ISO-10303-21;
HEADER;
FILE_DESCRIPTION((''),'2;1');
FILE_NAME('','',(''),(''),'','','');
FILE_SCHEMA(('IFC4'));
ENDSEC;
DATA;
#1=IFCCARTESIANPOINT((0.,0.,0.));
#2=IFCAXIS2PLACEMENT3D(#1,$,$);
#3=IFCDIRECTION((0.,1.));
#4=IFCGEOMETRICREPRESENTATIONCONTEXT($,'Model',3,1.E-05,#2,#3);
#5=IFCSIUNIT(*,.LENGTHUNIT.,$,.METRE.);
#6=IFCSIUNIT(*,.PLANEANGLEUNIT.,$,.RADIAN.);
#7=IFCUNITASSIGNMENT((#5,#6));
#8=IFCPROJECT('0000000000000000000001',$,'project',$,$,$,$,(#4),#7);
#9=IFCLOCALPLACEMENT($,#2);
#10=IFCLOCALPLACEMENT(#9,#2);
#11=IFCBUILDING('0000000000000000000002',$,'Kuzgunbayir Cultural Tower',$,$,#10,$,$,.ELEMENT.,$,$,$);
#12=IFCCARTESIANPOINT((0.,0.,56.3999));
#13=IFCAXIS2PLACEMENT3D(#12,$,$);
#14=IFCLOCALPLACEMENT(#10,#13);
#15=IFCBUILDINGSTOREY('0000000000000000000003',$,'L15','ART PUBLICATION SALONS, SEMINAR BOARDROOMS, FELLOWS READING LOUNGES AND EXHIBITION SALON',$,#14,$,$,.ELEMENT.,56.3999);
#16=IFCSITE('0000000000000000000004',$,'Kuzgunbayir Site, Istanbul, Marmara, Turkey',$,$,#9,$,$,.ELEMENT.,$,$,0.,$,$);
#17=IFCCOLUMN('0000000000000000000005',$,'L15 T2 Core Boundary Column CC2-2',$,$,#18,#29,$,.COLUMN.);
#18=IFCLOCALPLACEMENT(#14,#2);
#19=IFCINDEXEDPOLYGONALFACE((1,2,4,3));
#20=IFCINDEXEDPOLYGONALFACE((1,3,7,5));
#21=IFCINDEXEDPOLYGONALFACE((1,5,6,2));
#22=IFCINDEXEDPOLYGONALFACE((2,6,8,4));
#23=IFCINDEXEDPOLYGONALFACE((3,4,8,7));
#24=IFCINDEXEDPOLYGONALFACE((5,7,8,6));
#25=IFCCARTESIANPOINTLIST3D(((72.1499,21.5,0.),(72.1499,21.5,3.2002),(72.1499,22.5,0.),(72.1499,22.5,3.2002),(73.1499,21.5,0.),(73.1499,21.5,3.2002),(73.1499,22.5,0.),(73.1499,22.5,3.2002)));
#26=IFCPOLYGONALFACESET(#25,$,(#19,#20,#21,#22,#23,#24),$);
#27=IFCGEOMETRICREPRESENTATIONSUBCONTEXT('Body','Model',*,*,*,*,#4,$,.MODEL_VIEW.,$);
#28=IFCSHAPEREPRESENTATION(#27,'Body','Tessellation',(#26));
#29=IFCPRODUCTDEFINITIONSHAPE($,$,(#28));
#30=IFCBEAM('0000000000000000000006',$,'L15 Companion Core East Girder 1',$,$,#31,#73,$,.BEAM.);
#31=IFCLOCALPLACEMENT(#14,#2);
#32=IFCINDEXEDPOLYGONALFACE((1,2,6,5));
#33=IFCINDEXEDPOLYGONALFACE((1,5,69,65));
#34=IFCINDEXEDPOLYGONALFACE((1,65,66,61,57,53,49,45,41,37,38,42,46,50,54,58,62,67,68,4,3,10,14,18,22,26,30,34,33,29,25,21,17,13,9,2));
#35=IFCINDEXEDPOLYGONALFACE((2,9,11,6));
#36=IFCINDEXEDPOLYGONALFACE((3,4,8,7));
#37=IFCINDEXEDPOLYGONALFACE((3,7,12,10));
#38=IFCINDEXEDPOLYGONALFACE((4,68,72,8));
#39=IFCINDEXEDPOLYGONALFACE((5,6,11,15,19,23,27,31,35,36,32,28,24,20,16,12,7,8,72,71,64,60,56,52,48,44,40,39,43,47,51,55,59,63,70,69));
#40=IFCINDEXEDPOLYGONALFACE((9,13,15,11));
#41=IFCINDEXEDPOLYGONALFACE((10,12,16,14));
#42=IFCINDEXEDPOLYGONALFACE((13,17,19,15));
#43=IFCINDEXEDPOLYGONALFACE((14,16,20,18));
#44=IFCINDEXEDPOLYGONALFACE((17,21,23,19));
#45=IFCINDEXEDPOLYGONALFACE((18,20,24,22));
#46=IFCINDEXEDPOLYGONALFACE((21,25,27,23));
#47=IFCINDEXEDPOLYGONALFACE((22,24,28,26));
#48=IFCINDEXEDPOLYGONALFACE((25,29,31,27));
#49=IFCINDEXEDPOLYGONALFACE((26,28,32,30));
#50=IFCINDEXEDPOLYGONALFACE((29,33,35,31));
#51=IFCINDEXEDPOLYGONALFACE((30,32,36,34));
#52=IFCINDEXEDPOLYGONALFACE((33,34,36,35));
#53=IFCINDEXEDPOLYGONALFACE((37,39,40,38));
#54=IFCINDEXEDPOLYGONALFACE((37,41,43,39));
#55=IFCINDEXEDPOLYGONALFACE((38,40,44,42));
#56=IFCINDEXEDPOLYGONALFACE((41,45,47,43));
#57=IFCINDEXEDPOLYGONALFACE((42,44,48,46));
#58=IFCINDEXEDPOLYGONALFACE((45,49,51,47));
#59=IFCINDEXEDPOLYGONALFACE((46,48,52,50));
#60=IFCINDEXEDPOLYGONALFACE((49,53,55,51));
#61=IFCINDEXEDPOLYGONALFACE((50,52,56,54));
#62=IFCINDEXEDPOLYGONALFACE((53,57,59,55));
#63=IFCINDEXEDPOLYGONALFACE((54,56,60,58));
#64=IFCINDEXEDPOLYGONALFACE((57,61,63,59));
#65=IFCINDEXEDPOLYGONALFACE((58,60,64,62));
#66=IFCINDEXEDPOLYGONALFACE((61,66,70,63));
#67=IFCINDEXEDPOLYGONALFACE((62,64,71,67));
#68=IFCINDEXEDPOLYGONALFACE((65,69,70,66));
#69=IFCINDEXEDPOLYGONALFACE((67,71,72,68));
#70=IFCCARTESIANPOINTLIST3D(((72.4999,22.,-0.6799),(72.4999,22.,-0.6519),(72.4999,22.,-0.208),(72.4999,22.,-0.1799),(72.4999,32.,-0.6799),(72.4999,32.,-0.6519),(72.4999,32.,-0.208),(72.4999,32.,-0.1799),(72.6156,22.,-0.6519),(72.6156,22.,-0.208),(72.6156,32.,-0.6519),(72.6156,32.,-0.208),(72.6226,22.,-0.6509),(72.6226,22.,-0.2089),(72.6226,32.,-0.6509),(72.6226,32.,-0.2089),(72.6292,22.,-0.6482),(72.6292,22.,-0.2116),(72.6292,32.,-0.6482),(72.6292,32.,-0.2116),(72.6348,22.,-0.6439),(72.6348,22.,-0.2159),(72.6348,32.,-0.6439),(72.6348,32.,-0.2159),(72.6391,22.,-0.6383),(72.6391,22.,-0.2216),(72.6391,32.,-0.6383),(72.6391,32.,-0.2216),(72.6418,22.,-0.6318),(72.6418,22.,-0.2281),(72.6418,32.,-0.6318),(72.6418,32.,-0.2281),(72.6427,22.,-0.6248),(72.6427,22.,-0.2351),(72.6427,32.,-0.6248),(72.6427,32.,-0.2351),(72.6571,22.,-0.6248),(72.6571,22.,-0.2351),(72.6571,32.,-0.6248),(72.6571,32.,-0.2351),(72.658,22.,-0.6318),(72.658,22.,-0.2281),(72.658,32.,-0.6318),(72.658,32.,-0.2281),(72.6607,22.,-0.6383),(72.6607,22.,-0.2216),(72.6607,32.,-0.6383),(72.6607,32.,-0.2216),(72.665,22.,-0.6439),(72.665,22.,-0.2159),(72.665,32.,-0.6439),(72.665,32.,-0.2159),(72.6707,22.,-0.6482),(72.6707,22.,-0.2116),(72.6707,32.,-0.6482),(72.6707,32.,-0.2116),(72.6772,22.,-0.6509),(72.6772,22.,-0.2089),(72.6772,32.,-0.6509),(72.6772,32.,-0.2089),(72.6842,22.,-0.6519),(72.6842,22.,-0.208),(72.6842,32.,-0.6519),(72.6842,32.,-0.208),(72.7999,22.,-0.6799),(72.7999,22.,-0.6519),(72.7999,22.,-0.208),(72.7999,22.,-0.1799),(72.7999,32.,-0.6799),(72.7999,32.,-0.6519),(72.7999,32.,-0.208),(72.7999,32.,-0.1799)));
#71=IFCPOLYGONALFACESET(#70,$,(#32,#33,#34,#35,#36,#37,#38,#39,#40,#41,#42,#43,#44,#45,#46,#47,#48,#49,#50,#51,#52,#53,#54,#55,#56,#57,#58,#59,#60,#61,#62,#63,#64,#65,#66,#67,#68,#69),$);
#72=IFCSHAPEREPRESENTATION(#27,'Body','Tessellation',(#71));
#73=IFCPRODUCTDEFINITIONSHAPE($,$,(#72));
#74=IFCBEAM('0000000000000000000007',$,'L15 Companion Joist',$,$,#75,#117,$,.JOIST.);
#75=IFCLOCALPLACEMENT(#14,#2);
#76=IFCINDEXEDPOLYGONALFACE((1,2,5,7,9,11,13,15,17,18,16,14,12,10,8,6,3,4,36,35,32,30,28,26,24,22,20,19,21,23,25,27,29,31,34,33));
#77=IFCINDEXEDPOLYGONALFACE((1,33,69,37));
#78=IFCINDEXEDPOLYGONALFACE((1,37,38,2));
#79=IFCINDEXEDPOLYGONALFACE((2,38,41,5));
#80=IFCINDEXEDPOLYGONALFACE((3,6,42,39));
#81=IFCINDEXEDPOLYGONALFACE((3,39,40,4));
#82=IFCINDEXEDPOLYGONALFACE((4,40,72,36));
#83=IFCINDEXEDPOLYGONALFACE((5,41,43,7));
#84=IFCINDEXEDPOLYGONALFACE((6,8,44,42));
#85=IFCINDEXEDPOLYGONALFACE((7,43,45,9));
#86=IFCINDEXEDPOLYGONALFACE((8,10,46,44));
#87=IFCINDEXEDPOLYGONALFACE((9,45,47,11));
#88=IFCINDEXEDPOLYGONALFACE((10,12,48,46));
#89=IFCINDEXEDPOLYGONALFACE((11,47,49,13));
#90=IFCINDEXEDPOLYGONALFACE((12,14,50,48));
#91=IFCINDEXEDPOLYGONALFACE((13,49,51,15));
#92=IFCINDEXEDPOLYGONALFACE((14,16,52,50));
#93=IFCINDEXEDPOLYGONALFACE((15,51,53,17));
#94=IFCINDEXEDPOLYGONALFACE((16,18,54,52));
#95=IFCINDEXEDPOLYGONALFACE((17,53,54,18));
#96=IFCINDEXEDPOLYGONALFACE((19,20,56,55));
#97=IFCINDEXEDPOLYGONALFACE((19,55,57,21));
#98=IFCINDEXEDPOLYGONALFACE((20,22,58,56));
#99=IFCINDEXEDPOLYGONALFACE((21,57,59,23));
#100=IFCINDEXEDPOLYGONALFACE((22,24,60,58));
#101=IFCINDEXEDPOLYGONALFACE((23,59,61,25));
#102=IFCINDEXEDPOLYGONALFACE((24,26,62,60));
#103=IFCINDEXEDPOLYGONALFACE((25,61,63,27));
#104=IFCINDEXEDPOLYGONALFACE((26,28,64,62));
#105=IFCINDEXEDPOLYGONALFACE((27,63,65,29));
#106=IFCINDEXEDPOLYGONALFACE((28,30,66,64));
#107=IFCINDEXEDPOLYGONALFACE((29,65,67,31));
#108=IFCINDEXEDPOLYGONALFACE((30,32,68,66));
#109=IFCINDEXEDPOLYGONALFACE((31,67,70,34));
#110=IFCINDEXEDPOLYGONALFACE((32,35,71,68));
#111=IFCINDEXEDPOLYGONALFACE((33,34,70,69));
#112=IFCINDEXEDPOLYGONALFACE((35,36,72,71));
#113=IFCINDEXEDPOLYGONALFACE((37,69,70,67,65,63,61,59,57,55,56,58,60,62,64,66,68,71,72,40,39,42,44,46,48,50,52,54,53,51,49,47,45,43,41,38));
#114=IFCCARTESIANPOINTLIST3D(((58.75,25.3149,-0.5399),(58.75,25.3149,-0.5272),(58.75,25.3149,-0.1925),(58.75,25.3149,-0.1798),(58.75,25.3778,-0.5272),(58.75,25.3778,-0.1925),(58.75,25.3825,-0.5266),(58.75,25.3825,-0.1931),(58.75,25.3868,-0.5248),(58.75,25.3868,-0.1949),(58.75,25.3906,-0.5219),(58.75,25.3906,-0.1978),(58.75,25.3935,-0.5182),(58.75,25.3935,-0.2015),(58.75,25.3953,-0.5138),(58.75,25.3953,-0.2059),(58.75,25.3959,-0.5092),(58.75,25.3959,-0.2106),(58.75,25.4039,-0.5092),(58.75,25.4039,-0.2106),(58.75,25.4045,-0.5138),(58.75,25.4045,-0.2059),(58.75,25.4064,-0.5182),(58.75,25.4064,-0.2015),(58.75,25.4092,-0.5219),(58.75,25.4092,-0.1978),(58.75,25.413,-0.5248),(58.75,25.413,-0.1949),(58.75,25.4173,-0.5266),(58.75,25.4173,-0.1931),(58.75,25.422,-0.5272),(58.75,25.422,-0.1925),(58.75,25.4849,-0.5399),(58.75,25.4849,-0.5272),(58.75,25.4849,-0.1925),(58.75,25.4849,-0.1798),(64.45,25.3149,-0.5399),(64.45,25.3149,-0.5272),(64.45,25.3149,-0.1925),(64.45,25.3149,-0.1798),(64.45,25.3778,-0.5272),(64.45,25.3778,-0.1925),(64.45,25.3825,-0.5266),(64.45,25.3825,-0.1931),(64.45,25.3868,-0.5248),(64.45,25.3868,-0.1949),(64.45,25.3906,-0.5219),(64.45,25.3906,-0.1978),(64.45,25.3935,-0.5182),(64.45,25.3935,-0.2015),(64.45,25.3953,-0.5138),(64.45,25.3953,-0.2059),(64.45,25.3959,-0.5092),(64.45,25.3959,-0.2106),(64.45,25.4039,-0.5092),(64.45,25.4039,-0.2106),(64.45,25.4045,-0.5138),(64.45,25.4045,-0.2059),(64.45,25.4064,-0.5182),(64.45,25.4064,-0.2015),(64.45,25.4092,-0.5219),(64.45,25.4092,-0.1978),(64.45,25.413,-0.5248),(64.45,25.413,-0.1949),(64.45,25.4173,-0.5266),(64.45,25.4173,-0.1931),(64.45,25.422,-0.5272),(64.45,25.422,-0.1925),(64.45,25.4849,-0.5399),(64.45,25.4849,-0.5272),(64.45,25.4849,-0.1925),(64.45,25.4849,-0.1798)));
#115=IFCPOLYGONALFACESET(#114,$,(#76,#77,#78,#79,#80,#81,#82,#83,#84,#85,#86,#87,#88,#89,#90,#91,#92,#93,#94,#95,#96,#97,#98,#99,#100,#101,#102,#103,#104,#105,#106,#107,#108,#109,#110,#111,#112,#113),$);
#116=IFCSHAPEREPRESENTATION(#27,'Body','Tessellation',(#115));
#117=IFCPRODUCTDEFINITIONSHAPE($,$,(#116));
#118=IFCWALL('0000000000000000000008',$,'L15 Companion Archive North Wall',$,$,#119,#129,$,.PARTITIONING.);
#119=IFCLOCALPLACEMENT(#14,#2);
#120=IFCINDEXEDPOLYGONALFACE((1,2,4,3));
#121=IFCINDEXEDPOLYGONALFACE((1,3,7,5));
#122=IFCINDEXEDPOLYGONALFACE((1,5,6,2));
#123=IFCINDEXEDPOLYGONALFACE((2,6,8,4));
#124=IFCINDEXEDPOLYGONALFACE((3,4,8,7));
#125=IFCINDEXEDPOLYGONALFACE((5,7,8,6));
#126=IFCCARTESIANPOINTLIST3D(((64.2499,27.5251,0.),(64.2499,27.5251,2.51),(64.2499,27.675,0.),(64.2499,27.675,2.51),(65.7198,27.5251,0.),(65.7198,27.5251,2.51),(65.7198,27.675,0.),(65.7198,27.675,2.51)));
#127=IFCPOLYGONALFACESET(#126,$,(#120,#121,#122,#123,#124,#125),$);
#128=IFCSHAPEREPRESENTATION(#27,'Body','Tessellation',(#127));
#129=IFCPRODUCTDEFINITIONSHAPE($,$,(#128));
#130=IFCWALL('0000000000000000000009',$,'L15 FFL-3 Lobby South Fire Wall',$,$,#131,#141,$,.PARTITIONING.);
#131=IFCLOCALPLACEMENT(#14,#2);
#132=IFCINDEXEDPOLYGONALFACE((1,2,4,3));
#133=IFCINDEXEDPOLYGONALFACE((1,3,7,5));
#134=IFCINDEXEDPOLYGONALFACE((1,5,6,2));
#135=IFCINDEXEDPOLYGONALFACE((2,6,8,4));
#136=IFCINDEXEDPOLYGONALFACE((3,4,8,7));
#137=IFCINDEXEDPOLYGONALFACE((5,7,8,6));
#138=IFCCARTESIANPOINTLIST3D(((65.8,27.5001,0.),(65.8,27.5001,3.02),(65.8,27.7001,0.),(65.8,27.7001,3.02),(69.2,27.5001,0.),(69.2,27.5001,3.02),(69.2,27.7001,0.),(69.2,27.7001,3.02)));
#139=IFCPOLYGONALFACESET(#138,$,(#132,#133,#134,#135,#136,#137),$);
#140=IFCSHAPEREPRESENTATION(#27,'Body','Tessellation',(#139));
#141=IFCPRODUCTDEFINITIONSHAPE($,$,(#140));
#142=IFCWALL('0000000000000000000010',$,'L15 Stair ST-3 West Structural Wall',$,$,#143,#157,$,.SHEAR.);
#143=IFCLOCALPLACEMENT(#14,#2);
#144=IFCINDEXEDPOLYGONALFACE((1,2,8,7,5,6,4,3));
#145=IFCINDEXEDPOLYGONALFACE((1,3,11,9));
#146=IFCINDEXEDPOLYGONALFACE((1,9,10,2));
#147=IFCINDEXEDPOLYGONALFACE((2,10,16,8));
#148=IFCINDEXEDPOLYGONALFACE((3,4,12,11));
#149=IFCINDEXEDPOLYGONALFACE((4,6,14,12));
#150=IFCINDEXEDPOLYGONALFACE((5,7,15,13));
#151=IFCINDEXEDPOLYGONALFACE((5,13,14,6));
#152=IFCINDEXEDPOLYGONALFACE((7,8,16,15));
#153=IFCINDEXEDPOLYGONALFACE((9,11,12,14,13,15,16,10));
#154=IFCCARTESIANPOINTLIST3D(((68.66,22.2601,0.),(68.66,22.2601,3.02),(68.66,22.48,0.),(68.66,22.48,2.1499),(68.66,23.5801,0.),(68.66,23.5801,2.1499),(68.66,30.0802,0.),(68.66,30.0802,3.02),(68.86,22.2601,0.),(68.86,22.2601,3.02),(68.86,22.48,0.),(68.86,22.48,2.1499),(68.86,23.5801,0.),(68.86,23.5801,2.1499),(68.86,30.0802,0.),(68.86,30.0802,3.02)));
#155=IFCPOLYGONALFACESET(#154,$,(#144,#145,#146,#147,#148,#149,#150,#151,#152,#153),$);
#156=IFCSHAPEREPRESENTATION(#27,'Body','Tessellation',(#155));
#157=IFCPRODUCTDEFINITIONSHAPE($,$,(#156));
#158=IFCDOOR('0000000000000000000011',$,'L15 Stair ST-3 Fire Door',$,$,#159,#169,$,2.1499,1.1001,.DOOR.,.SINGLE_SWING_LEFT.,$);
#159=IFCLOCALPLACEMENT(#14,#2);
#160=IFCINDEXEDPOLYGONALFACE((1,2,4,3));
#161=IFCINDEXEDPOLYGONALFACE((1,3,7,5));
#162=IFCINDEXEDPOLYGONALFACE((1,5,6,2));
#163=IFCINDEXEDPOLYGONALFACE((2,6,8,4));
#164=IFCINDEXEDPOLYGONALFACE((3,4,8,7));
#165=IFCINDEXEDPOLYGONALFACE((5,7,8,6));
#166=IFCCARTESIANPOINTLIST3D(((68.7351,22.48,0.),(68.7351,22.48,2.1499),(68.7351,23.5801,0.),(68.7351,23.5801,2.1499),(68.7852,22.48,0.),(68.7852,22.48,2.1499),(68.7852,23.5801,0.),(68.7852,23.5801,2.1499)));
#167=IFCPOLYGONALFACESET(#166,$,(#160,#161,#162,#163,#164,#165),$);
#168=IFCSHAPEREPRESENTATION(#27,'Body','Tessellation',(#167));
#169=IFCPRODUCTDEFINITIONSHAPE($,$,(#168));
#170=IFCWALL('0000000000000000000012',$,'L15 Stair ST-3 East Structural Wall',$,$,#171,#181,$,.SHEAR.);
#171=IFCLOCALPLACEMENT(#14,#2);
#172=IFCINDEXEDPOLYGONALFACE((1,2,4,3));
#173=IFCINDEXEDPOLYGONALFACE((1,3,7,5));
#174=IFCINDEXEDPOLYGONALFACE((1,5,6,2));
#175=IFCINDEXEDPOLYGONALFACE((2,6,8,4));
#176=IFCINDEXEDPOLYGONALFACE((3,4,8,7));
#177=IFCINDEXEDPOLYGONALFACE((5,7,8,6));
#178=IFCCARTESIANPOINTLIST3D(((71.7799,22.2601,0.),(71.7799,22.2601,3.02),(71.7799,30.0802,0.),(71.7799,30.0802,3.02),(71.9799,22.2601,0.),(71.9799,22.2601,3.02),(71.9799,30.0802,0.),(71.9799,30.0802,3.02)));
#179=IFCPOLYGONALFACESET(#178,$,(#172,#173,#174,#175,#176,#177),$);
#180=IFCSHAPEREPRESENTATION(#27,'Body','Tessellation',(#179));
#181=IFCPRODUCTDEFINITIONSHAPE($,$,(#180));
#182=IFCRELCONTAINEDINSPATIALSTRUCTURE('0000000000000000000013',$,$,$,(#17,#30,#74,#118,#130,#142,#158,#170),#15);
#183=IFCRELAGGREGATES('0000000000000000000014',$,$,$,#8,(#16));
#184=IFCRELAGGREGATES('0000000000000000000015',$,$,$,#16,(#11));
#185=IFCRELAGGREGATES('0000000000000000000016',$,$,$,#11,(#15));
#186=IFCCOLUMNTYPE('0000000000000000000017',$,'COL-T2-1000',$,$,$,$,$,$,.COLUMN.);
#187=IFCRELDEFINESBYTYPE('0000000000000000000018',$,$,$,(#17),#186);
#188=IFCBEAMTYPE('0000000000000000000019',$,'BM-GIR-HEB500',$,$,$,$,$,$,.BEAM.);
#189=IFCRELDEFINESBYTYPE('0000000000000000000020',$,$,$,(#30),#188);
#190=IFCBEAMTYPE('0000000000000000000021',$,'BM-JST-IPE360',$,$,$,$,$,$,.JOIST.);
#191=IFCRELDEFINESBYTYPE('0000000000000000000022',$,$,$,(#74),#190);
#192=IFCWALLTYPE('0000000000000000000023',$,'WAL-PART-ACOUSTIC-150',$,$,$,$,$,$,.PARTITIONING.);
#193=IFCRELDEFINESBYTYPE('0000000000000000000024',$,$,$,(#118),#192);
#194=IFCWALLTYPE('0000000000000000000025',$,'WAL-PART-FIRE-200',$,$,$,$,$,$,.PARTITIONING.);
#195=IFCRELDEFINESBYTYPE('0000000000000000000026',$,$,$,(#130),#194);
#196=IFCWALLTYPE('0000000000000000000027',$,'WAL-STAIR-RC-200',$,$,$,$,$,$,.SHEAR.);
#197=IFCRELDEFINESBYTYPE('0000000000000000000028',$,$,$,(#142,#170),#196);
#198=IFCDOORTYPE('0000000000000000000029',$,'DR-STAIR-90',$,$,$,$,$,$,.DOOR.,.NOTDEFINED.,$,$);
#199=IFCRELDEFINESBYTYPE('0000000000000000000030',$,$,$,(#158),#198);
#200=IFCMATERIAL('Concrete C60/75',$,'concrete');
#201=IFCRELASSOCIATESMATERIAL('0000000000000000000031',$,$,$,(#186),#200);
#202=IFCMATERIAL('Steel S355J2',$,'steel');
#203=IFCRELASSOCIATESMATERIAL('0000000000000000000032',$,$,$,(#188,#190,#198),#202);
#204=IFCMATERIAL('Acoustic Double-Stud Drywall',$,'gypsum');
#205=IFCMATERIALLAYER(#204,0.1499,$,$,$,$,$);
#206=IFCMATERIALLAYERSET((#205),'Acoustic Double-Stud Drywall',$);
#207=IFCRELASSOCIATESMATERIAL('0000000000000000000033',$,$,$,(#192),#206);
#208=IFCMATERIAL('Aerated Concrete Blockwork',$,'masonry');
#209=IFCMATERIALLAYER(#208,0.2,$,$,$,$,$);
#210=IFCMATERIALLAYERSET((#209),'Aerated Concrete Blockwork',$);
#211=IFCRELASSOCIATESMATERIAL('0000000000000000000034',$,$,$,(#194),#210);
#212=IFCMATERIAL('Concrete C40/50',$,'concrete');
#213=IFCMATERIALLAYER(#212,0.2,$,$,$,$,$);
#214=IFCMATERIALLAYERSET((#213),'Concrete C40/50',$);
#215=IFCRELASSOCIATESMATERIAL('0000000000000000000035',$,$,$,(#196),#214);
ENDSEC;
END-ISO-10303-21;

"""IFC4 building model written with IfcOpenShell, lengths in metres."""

from ifc_helpers import new_model, si_unit, direction, frame, frame_2d, origin, origin_2d, place, context, subcontext, project, spatial, rectangle, i_section, extrude, material, layer, layer_set, material_profile, profile_set, type_object, element, fill, save


model = new_model("IFC4")

# Units and contexts
model_context = context("Model", 3, precision=1e-05, world=origin(), true_north=direction((0.0, 1.0)))
body_context = subcontext(model_context, "Body", "Model", "MODEL_VIEW")
ifc_project = project(units=[si_unit("LENGTHUNIT", "METRE"), si_unit("PLANEANGLEUNIT", "RADIAN")], contexts=[model_context])

# Site, building, storey
site_placement = place(None, origin())
site = spatial("IfcSite", under=ifc_project, at=site_placement, Name="Kuzgunbayir Site, Istanbul, Marmara, Turkey", CompositionType="ELEMENT", RefElevation=0.0)
building_placement = place(site_placement, origin())
building = spatial("IfcBuilding", under=site, at=building_placement, Name="Kuzgunbayir Cultural Tower", CompositionType="ELEMENT")
storey_placement = place(building_placement, frame((0.0, 0.0, 56.3999)))
storey = spatial("IfcBuildingStorey", under=building, at=storey_placement, Name="L15", Description="ART PUBLICATION SALONS, SEMINAR BOARDROOMS, FELLOWS READING LOUNGES AND EXHIBITION SALON", CompositionType="ELEMENT", Elevation=56.3999)

# Column
ifc_material_1 = material(Name="Concrete C60/75", Category="concrete")
ifc_material_profile_1 = material_profile(ifc_material_1, rectangle(XDim=1.0, YDim=1.0, at=origin_2d()), Name="RC 1000x1000")
ifc_profile_set_1 = profile_set([ifc_material_profile_1], Name="Concrete C60/75")
column_type = type_object("IfcColumnType", Name="COL-T2-1000", PredefinedType="COLUMN", material=ifc_profile_set_1)
column_placement = place(storey_placement, frame((72.6499, 22.0, 0.0), z_axis=(0.0, 0.0, 1.0), x_axis=(1.0, 0.0, 0.0)))
element("IfcColumn", 1, at=column_placement, inside=storey, type_object=column_type, Name="L15 T2 Core Boundary Column CC2-2", PredefinedType="COLUMN", context=body_context, shape_type="SweptSolid", body=[
    extrude(rectangle(XDim=1.0, YDim=1.0, at=origin_2d()), origin(), (0.0, 0.0, 1.0), 3.2002),
])

# Beams
ifc_material_2 = material(Name="Steel S355J2", Category="steel")
ifc_material_profile_2 = material_profile(ifc_material_2, i_section(OverallWidth=0.3, OverallDepth=0.5, WebThickness=0.0144, FlangeThickness=0.0281, FilletRadius=0.0271, at=origin_2d()), Name="HEB 500")
ifc_profile_set_2 = profile_set([ifc_material_profile_2], Name="Steel S355J2")
beam_type_1 = type_object("IfcBeamType", Name="BM-GIR-HEB500", PredefinedType="BEAM", material=ifc_profile_set_2)
beam_1_placement = place(storey_placement, frame((72.6499, 22.0, -0.4299), z_axis=(0.0, 1.0, 0.0), x_axis=(-1.0, 0.0, 0.0)))
element("IfcBeam", 2, at=beam_1_placement, inside=storey, type_object=beam_type_1, Name="L15 Companion Core East Girder 1", PredefinedType="BEAM", context=body_context, shape_type="SweptSolid", body=[
    extrude(i_section(OverallWidth=0.3, OverallDepth=0.5, WebThickness=0.0144, FlangeThickness=0.0281, FilletRadius=0.0271, at=origin_2d()), origin(), (0.0, 0.0, 1.0), 10.0),
])
ifc_material_profile_3 = material_profile(ifc_material_2, i_section(OverallWidth=0.1699, OverallDepth=0.3601, WebThickness=0.0081, FlangeThickness=0.0127, FilletRadius=0.0181, at=origin_2d()), Name="IPE 360")
ifc_profile_set_3 = profile_set([ifc_material_profile_3], Name="Steel S355J2")
beam_type_2 = type_object("IfcBeamType", Name="BM-JST-IPE360", PredefinedType="JOIST", material=ifc_profile_set_3)
beam_2_placement = place(storey_placement, frame((58.75, 25.3999, -0.3599), z_axis=(1.0, 0.0, 0.0), x_axis=(0.0, 1.0, 0.0)))
element("IfcBeam", 3, at=beam_2_placement, inside=storey, type_object=beam_type_2, Name="L15 Companion Joist", PredefinedType="JOIST", context=body_context, shape_type="SweptSolid", body=[
    extrude(i_section(OverallWidth=0.1699, OverallDepth=0.3601, WebThickness=0.0081, FlangeThickness=0.0127, FilletRadius=0.0181, at=origin_2d()), origin(), (0.0, 0.0, 1.0), 5.7),
])

# Wall
ifc_material_3 = material(Name="Acoustic Double-Stud Drywall", Category="gypsum")
ifc_layer_1 = layer(ifc_material_3, 0.1499)
ifc_layer_set_1 = layer_set([ifc_layer_1], Name="Acoustic Double-Stud Drywall")
wall_type_1 = type_object("IfcWallType", Name="WAL-PART-ACOUSTIC-150", PredefinedType="PARTITIONING", material=ifc_layer_set_1)
wall_1_placement = place(storey_placement, frame((64.25, 27.6001, 0.0), z_axis=(0.0, 0.0, 1.0), x_axis=(1.0, 0.0, 0.0)))
element("IfcWall", 4, at=wall_1_placement, inside=storey, type_object=wall_type_1, Name="L15 Companion Archive North Wall", PredefinedType="PARTITIONING", context=body_context, shape_type="SweptSolid", body=[
    extrude(rectangle(XDim=1.47, YDim=0.1499, at=frame_2d((0.7349, 0.0))), origin(), (0.0, 0.0, 1.0), 2.51),
])

# Shared definitions
ifc_material_4 = material(Name="Aerated Concrete Blockwork", Category="masonry")
ifc_layer_2 = layer(ifc_material_4, 0.2)
ifc_layer_set_2 = layer_set([ifc_layer_2], Name="Aerated Concrete Blockwork")
wall_type_2 = type_object("IfcWallType", Name="WAL-PART-FIRE-200", PredefinedType="PARTITIONING", material=ifc_layer_set_2)

# Wall
wall_2_placement = place(storey_placement, frame((65.8, 27.6001, 0.0), z_axis=(0.0, 0.0, 1.0), x_axis=(1.0, 0.0, 0.0)))
element("IfcWall", 5, at=wall_2_placement, inside=storey, type_object=wall_type_2, Name="L15 FFL-3 Lobby South Fire Wall", PredefinedType="PARTITIONING", context=body_context, shape_type="SweptSolid", body=[
    extrude(rectangle(XDim=3.3999, YDim=0.2, at=frame_2d((1.7, 0.0))), origin(), (0.0, 0.0, 1.0), 3.02),
])

# Wall, opening, door
ifc_material_5 = material(Name="Concrete C40/50", Category="concrete")
ifc_layer_3 = layer(ifc_material_5, 0.2)
ifc_layer_set_3 = layer_set([ifc_layer_3], Name="Concrete C40/50")
wall_type_3 = type_object("IfcWallType", Name="WAL-STAIR-RC-200", PredefinedType="SHEAR", material=ifc_layer_set_3)
wall_3_placement = place(storey_placement, frame((68.76, 22.26, 0.0), z_axis=(0.0, 0.0, 1.0), x_axis=(0.0, 1.0, 0.0)))
wall_3 = element("IfcWall", 6, at=wall_3_placement, inside=storey, type_object=wall_type_3, Name="L15 Stair ST-3 West Structural Wall", PredefinedType="SHEAR", context=body_context, shape_type="SweptSolid", body=[
    extrude(rectangle(XDim=7.8201, YDim=0.2, at=frame_2d((3.9102, 0.0))), origin(), (0.0, 0.0, 1.0), 3.02),
])
opening_1_placement = place(wall_3_placement, frame((0.22, 0.0, 0.0)))
opening_1 = element("IfcOpeningElement", 7, at=opening_1_placement, cuts=wall_3, PredefinedType="OPENING", context=body_context, shape_type="SweptSolid", body=[
    extrude(rectangle(XDim=1.1001, YDim=2.1499, at=frame_2d((0.55, 1.075))), frame((0.0, 0.1099, 0.0), z_axis=(0.0, -1.0, 0.0), x_axis=(1.0, 0.0, 0.0)), (0.0, 0.0, 1.0), 0.22),
])
door_type_1 = type_object("IfcDoorType", Name="DR-STAIR-90", OperationType="NOTDEFINED", PredefinedType="DOOR", material=ifc_material_2)
door_1_placement = place(opening_1_placement, origin())
door_1 = element("IfcDoor", 8, at=door_1_placement, inside=storey, type_object=door_type_1, Name="L15 Stair ST-3 Fire Door", OperationType="SINGLE_SWING_LEFT", OverallHeight=2.1499, OverallWidth=1.1001, PredefinedType="DOOR", context=body_context, shape_type="SweptSolid", body=[
    extrude(rectangle(XDim=1.1001, YDim=2.1499, at=frame_2d((0.55, 1.075))), frame((0.0, 0.0249, 0.0), z_axis=(0.0, -1.0, 0.0), x_axis=(1.0, 0.0, 0.0)), (0.0, 0.0, 1.0), 0.05),
])
fill(opening_1, door_1)

# Wall
wall_4_placement = place(storey_placement, frame((71.8799, 22.26, 0.0), z_axis=(0.0, 0.0, 1.0), x_axis=(0.0, 1.0, 0.0)))
element("IfcWall", 9, at=wall_4_placement, inside=storey, type_object=wall_type_3, Name="L15 Stair ST-3 East Structural Wall", PredefinedType="SHEAR", context=body_context, shape_type="SweptSolid", body=[
    extrude(rectangle(XDim=7.8201, YDim=0.2, at=frame_2d((3.9102, 0.0))), origin(), (0.0, 0.0, 1.0), 3.02),
])

save(model, "model.ifc")
